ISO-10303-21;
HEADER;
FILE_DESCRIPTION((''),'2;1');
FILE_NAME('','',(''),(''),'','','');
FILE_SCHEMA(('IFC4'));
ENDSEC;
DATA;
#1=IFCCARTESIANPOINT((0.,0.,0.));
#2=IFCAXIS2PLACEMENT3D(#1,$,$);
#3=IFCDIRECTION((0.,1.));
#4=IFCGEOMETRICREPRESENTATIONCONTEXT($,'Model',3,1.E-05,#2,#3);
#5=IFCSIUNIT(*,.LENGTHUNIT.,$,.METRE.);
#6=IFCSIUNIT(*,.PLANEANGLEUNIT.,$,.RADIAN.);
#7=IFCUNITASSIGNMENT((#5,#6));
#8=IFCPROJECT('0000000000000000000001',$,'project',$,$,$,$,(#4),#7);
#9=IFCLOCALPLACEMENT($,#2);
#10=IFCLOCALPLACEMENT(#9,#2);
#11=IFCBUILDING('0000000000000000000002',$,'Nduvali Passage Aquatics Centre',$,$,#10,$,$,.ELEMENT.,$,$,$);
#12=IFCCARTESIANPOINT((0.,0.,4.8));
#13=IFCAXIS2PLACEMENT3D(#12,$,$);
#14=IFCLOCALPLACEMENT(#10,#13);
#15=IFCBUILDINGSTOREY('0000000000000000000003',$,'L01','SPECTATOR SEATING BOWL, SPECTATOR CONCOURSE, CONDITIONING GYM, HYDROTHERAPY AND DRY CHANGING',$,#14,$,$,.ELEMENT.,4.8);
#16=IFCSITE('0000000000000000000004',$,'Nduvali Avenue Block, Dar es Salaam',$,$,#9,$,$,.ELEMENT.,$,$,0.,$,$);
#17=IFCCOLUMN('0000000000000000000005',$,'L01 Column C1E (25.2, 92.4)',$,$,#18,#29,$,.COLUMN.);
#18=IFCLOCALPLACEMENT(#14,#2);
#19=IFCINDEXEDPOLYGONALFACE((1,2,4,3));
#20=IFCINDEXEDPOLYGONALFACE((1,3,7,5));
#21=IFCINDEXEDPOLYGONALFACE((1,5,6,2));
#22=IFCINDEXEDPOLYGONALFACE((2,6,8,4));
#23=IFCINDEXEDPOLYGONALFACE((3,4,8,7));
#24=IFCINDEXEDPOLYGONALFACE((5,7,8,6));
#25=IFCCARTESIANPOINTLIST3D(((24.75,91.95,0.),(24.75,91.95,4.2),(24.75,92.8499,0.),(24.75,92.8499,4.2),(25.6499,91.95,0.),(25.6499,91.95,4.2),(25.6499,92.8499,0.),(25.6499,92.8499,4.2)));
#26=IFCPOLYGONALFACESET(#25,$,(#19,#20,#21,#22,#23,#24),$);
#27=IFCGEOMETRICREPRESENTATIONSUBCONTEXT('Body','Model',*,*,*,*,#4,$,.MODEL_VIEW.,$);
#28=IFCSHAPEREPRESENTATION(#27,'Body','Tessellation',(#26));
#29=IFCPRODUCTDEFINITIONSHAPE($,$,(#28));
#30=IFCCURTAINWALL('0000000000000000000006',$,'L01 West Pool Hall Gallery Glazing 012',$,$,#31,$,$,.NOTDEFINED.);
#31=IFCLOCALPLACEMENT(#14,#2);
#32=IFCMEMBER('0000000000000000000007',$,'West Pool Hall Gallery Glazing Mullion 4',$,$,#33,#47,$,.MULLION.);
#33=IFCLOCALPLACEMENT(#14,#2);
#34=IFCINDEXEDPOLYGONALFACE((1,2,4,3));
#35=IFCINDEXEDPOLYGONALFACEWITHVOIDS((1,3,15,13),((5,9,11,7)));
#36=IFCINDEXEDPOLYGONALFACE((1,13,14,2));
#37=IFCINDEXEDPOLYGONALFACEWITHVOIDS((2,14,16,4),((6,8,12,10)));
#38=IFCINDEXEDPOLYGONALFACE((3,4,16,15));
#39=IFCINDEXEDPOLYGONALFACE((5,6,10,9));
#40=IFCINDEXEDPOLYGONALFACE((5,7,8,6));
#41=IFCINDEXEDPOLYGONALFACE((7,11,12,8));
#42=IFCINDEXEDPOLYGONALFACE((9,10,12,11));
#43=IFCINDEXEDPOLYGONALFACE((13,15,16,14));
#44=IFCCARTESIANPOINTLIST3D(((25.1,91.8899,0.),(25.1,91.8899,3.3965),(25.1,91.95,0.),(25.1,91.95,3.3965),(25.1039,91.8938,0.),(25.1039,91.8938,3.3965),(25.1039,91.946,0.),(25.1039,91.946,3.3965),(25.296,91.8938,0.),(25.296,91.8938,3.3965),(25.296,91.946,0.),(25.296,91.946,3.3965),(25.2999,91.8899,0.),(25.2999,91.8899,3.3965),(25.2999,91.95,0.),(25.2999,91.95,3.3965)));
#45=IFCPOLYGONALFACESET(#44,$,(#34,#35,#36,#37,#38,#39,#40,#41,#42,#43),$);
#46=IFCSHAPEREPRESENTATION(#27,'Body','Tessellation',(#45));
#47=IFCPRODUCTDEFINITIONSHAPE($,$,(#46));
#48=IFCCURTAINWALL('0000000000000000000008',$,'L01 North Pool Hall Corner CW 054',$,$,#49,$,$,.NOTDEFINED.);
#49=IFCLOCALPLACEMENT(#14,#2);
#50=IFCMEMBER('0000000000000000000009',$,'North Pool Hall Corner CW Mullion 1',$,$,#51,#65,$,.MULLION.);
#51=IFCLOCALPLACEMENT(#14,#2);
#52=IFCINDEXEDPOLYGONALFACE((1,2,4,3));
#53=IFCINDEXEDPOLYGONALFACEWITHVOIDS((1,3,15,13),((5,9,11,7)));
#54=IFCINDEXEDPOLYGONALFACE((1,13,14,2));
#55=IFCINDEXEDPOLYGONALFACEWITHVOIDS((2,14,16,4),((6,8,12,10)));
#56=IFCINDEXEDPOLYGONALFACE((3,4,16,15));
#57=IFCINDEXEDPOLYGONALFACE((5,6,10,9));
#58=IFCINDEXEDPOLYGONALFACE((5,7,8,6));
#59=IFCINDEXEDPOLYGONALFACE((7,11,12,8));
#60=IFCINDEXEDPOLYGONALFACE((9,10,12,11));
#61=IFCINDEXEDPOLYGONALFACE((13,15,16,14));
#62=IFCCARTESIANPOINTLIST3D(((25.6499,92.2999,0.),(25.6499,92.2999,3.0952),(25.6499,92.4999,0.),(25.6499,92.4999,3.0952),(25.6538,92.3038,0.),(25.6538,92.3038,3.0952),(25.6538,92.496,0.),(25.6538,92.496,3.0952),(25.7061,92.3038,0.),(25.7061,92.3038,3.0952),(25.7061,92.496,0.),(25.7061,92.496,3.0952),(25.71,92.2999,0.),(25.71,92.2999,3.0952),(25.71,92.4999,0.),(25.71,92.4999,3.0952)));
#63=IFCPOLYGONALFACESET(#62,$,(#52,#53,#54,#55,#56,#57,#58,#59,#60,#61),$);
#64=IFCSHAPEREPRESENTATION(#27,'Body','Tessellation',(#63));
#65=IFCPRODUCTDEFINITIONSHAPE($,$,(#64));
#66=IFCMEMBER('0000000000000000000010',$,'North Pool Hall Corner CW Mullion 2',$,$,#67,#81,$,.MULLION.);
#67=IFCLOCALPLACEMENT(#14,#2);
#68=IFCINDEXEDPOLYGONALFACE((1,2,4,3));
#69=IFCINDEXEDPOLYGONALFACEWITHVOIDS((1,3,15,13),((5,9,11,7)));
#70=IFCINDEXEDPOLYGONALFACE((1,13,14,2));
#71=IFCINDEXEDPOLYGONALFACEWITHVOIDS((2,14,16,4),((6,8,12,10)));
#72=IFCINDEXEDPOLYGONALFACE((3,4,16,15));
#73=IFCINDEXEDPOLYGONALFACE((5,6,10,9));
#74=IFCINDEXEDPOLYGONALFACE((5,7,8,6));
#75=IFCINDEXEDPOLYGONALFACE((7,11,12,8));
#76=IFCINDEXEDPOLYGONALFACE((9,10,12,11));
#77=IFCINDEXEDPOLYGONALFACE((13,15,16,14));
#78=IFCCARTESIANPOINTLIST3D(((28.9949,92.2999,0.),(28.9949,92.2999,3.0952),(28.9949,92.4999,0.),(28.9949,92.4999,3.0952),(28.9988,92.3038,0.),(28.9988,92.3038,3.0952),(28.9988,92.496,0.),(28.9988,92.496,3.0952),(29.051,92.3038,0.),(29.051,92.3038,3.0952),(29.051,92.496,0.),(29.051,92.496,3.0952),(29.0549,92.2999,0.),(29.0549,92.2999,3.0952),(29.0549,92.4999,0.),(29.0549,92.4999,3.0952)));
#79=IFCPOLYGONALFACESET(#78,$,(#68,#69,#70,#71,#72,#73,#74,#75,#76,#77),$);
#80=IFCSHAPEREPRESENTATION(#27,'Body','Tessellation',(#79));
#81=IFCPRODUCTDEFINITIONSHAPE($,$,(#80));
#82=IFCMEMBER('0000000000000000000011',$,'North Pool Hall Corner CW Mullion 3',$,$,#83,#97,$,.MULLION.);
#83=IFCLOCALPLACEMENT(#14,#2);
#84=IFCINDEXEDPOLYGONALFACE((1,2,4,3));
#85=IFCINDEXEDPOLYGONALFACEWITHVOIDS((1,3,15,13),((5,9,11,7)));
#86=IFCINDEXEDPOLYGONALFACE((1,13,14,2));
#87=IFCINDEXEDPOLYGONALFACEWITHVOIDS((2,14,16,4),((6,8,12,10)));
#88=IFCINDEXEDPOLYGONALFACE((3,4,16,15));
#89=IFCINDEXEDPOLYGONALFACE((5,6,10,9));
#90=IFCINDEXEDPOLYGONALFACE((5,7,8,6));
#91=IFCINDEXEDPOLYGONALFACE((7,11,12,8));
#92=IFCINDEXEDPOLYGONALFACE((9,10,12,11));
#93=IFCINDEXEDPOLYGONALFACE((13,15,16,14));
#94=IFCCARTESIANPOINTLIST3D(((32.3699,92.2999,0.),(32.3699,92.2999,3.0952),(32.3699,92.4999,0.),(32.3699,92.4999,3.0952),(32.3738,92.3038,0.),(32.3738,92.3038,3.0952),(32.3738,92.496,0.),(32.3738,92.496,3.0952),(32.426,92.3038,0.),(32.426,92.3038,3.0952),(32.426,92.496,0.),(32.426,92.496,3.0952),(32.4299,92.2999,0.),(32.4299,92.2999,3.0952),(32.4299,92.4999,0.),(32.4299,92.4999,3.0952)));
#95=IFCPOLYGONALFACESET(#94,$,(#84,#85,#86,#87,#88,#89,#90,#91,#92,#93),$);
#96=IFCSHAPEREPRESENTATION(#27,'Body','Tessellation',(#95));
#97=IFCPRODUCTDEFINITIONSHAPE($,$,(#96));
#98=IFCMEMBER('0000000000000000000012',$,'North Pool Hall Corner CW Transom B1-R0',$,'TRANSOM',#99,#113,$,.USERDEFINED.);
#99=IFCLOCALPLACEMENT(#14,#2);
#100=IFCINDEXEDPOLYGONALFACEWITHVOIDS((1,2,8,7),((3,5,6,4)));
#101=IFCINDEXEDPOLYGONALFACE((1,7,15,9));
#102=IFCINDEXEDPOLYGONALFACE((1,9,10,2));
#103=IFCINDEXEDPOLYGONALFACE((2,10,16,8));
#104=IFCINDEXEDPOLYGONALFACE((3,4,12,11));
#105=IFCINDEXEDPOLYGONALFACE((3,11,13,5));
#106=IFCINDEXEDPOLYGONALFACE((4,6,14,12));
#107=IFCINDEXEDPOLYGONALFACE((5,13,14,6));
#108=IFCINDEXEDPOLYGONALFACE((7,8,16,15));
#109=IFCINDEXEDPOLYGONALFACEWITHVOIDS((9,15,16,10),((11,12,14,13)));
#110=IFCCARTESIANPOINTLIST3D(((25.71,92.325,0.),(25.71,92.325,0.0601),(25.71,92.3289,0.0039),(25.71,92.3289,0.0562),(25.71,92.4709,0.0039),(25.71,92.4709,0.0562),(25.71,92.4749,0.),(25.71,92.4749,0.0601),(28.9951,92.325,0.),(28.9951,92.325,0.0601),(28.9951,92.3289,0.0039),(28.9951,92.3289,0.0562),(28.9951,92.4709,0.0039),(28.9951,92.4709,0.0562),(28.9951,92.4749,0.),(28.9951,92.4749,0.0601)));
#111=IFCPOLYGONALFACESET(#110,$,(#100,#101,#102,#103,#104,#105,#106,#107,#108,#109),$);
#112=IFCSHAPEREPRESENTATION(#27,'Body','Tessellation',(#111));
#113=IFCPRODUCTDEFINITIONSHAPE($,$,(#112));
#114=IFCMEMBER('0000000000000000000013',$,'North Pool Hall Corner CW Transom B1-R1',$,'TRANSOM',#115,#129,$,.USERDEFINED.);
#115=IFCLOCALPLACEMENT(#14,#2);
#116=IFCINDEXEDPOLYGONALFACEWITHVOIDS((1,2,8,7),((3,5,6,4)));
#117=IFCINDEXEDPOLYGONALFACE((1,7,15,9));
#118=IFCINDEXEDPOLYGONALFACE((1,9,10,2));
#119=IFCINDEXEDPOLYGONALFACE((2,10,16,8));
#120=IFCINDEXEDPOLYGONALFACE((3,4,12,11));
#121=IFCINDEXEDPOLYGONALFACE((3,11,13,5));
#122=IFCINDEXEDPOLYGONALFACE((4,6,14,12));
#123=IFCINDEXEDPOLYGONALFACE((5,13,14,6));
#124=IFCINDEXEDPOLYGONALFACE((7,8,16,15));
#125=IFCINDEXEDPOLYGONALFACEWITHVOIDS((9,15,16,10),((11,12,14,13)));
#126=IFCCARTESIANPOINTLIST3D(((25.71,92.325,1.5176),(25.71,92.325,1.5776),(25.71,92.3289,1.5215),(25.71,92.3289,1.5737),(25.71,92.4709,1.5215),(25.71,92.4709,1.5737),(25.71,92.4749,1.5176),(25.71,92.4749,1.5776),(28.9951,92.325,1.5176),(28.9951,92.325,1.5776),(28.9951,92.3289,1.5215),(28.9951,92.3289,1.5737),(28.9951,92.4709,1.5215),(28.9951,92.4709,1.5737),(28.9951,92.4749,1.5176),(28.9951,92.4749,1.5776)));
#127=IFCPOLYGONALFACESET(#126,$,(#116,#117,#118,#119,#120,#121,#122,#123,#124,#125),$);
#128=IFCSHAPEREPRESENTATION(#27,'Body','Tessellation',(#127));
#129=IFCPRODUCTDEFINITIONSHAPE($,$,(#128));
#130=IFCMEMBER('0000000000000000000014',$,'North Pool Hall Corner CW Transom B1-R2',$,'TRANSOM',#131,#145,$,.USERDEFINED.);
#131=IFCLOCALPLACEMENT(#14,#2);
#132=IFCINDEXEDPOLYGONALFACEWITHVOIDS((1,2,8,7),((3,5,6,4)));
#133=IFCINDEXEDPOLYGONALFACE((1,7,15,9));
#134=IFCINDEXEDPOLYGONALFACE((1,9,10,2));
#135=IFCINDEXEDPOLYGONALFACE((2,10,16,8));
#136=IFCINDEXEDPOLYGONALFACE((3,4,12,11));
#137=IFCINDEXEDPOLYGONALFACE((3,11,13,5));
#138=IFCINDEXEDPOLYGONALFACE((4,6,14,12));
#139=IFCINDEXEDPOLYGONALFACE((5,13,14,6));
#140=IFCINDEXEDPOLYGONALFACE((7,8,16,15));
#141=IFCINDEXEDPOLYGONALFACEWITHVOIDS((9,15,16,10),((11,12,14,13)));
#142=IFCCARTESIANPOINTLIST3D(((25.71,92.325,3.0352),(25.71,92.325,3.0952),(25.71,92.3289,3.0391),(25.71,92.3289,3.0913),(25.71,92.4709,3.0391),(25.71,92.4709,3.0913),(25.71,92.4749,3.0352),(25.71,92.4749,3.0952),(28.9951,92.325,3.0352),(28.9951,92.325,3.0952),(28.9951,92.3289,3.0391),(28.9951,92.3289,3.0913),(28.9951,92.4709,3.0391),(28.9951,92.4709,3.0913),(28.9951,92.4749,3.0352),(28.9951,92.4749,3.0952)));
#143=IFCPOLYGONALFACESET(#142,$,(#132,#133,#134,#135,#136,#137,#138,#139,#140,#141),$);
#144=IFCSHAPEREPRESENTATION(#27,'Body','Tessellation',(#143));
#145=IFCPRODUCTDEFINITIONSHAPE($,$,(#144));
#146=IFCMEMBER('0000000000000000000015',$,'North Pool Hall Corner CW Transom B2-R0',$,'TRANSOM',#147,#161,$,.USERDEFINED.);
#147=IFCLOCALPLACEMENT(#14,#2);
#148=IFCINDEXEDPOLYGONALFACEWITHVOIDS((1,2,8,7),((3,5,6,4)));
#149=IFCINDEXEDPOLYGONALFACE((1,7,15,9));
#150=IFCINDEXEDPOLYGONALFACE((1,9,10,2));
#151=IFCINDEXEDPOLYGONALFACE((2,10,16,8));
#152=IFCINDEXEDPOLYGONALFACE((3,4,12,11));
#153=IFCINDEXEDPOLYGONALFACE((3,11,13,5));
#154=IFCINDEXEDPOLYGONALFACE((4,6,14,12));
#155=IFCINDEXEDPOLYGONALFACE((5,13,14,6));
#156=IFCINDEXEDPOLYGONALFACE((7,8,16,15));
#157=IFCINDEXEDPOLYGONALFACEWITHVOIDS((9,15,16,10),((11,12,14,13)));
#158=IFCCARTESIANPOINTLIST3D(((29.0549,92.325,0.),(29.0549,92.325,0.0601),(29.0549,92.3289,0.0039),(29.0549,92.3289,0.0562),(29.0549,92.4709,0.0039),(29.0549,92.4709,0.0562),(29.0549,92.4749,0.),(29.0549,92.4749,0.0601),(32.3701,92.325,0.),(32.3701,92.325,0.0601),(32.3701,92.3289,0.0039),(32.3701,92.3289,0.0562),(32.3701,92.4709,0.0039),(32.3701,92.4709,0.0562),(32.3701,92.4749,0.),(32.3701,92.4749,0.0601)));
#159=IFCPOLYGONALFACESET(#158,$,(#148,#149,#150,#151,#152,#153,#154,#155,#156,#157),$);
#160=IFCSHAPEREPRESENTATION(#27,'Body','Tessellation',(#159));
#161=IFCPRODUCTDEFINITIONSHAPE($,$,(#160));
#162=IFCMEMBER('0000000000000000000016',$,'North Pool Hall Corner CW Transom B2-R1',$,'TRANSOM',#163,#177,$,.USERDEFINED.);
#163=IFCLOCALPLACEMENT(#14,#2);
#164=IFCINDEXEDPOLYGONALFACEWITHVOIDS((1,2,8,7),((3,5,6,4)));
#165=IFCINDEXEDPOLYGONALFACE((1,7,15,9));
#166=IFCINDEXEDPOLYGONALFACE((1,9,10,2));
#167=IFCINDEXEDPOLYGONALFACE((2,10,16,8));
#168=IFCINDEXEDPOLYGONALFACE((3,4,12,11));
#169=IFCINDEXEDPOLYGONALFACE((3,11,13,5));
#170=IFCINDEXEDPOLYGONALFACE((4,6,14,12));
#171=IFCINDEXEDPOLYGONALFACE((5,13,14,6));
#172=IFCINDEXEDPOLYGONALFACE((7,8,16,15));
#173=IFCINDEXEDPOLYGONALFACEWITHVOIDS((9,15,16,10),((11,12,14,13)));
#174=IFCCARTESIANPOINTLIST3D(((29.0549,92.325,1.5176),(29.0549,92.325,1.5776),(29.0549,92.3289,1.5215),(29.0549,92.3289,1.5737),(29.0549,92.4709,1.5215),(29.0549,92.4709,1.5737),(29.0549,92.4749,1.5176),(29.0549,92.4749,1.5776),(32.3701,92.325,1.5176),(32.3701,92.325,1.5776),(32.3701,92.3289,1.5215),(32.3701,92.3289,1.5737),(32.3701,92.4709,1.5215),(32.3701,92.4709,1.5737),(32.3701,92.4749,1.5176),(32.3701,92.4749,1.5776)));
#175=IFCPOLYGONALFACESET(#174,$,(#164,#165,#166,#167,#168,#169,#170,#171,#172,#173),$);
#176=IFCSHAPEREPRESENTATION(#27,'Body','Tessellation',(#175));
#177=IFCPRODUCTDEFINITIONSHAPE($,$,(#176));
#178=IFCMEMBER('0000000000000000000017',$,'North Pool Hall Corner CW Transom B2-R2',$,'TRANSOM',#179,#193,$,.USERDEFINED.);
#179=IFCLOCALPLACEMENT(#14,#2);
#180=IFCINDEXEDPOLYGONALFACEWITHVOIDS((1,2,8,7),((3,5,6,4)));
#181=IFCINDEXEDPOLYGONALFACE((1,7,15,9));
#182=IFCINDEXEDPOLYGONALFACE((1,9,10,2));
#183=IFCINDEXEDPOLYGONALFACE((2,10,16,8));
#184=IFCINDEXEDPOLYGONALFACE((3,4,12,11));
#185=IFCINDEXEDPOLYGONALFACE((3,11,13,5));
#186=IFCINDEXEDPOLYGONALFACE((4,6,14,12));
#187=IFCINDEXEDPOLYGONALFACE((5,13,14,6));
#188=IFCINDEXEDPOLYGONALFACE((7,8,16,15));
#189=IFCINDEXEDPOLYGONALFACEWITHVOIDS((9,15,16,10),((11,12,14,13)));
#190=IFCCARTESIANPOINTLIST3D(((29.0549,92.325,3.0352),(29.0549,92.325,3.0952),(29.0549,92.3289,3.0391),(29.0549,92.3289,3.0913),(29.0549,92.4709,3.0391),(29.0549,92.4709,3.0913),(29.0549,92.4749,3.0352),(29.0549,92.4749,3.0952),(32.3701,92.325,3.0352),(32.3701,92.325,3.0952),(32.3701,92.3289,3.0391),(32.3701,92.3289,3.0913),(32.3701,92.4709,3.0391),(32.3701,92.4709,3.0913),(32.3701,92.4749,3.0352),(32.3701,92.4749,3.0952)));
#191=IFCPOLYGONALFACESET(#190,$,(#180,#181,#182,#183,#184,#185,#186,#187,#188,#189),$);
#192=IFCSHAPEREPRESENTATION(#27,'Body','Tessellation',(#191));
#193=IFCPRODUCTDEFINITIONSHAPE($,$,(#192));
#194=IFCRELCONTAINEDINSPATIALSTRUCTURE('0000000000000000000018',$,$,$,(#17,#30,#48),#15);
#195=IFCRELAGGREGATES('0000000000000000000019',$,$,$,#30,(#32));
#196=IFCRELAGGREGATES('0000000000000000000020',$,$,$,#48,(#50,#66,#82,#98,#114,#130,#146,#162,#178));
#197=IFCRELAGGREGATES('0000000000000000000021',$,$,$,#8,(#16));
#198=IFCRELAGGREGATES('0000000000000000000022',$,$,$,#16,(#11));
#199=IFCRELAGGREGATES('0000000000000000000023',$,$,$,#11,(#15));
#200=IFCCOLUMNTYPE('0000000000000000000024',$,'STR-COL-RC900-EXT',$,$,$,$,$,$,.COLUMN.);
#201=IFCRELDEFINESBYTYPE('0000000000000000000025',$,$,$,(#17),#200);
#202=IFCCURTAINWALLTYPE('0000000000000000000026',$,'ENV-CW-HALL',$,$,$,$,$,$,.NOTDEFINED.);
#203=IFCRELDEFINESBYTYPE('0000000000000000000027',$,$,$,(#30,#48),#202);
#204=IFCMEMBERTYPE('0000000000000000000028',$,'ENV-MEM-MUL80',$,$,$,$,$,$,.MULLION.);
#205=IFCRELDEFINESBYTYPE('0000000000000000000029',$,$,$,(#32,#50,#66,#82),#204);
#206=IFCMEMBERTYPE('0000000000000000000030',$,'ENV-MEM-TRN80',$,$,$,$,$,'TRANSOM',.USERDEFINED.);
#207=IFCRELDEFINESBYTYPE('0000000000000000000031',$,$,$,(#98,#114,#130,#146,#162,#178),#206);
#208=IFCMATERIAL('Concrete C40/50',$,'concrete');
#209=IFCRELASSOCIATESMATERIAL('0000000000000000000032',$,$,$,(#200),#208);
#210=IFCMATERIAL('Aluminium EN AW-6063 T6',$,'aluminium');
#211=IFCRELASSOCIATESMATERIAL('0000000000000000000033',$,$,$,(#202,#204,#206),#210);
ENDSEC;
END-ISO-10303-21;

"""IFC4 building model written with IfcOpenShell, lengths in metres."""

from ifc_helpers import new_model, si_unit, direction, frame, origin, origin_2d, place, context, subcontext, project, spatial, rectangle, hollow_rectangle, extrude, material, material_profile, profile_set, type_object, element, aggregate, save


model = new_model("IFC4")

# Units and contexts
model_context = context("Model", 3, precision=1e-05, world=origin(), true_north=direction((0.0, 1.0)))
body_context = subcontext(model_context, "Body", "Model", "MODEL_VIEW")
ifc_project = project(units=[si_unit("LENGTHUNIT", "METRE"), si_unit("PLANEANGLEUNIT", "RADIAN")], contexts=[model_context])

# Site, building, storey
site_placement = place(None, origin())
site = spatial("IfcSite", under=ifc_project, at=site_placement, Name="Nduvali Avenue Block, Dar es Salaam", CompositionType="ELEMENT", RefElevation=0.0)
building_placement = place(site_placement, origin())
building = spatial("IfcBuilding", under=site, at=building_placement, Name="Nduvali Passage Aquatics Centre", CompositionType="ELEMENT")
storey_placement = place(building_placement, frame((0.0, 0.0, 4.8)))
storey = spatial("IfcBuildingStorey", under=building, at=storey_placement, Name="L01", Description="SPECTATOR SEATING BOWL, SPECTATOR CONCOURSE, CONDITIONING GYM, HYDROTHERAPY AND DRY CHANGING", CompositionType="ELEMENT", Elevation=4.8)

# Column
ifc_material_1 = material(Name="Concrete C40/50", Category="concrete")
ifc_material_profile_1 = material_profile(ifc_material_1, rectangle(XDim=0.8999, YDim=0.8999, at=origin_2d()), Name="RC 900x900")
ifc_profile_set_1 = profile_set([ifc_material_profile_1], Name="Concrete C40/50")
column_type = type_object("IfcColumnType", Name="STR-COL-RC900-EXT", PredefinedType="COLUMN", material=ifc_profile_set_1)
column_placement = place(storey_placement, frame((25.2, 92.3999, 0.0), z_axis=(0.0, 0.0, 1.0), x_axis=(1.0, 0.0, 0.0)))
element("IfcColumn", 1, at=column_placement, inside=storey, type_object=column_type, Name="L01 Column C1E (25.2, 92.4)", PredefinedType="COLUMN", context=body_context, shape_type="SweptSolid", body=[
    extrude(rectangle(XDim=0.8999, YDim=0.8999, at=origin_2d()), origin(), (0.0, 0.0, 1.0), 4.2),
])

# Curtain wall, member
ifc_material_2 = material(Name="Aluminium EN AW-6063 T6", Category="aluminium")
curtain_wall_type = type_object("IfcCurtainWallType", Name="ENV-CW-HALL", PredefinedType="NOTDEFINED", material=ifc_material_2)
curtain_wall_1_placement = place(storey_placement, origin())
curtain_wall_1 = element("IfcCurtainWall", 2, at=curtain_wall_1_placement, inside=storey, type_object=curtain_wall_type, Name="L01 West Pool Hall Gallery Glazing 012", PredefinedType="NOTDEFINED")
ifc_material_profile_2 = material_profile(ifc_material_2, hollow_rectangle(XDim=0.0601, YDim=0.2, WallThickness=0.0039, at=origin_2d()), Name="ALU MULLION 60x200x4")
ifc_profile_set_2 = profile_set([ifc_material_profile_2], Name="Aluminium EN AW-6063 T6")
member_type_1 = type_object("IfcMemberType", Name="ENV-MEM-MUL80", PredefinedType="MULLION", material=ifc_profile_set_2)
member_1_placement = place(storey_placement, frame((25.2, 91.9199, 0.0), z_axis=(0.0, 0.0, 1.0), x_axis=(0.0, 1.0, 0.0)))
member_1 = element("IfcMember", 3, at=member_1_placement, type_object=member_type_1, Name="West Pool Hall Gallery Glazing Mullion 4", PredefinedType="MULLION", context=body_context, shape_type="SweptSolid", body=[
    extrude(hollow_rectangle(XDim=0.0601, YDim=0.2, WallThickness=0.0039, at=origin_2d()), origin(), (0.0, 0.0, 1.0), 3.3965),
])

# Curtain wall, members
curtain_wall_2_placement = place(storey_placement, origin())
curtain_wall_2 = element("IfcCurtainWall", 4, at=curtain_wall_2_placement, inside=storey, type_object=curtain_wall_type, Name="L01 North Pool Hall Corner CW 054", PredefinedType="NOTDEFINED")
member_2_placement = place(storey_placement, frame((25.6799, 92.3999, 0.0), z_axis=(0.0, 0.0, 1.0), x_axis=(1.0, 0.0, 0.0)))
member_2 = element("IfcMember", 5, at=member_2_placement, type_object=member_type_1, Name="North Pool Hall Corner CW Mullion 1", PredefinedType="MULLION", context=body_context, shape_type="SweptSolid", body=[
    extrude(hollow_rectangle(XDim=0.0601, YDim=0.2, WallThickness=0.0039, at=origin_2d()), origin(), (0.0, 0.0, 1.0), 3.0952),
])
member_3_placement = place(storey_placement, frame((29.0249, 92.3999, 0.0), z_axis=(0.0, 0.0, 1.0), x_axis=(1.0, 0.0, 0.0)))
member_3 = element("IfcMember", 6, at=member_3_placement, type_object=member_type_1, Name="North Pool Hall Corner CW Mullion 2", PredefinedType="MULLION", context=body_context, shape_type="SweptSolid", body=[
    extrude(hollow_rectangle(XDim=0.0601, YDim=0.2, WallThickness=0.0039, at=origin_2d()), origin(), (0.0, 0.0, 1.0), 3.0952),
])
member_4_placement = place(storey_placement, frame((32.3999, 92.3999, 0.0), z_axis=(0.0, 0.0, 1.0), x_axis=(1.0, 0.0, 0.0)))
member_4 = element("IfcMember", 7, at=member_4_placement, type_object=member_type_1, Name="North Pool Hall Corner CW Mullion 3", PredefinedType="MULLION", context=body_context, shape_type="SweptSolid", body=[
    extrude(hollow_rectangle(XDim=0.0601, YDim=0.2, WallThickness=0.0039, at=origin_2d()), origin(), (0.0, 0.0, 1.0), 3.0952),
])
ifc_material_profile_3 = material_profile(ifc_material_2, hollow_rectangle(XDim=0.1499, YDim=0.0601, WallThickness=0.0039, at=origin_2d()), Name="ALU TRANSOM 150x60x4")
ifc_profile_set_3 = profile_set([ifc_material_profile_3], Name="Aluminium EN AW-6063 T6")
member_type_2 = type_object("IfcMemberType", Name="ENV-MEM-TRN80", ElementType="TRANSOM", PredefinedType="USERDEFINED", material=ifc_profile_set_3)
member_5_placement = place(storey_placement, frame((25.71, 92.3999, 0.03), z_axis=(1.0, 0.0, 0.0), x_axis=(0.0, 1.0, 0.0)))
member_5 = element("IfcMember", 8, at=member_5_placement, type_object=member_type_2, Name="North Pool Hall Corner CW Transom B1-R0", ObjectType="TRANSOM", PredefinedType="USERDEFINED", context=body_context, shape_type="SweptSolid", body=[
    extrude(hollow_rectangle(XDim=0.1499, YDim=0.0601, WallThickness=0.0039, at=origin_2d()), origin(), (0.0, 0.0, 1.0), 3.2852),
])
member_6_placement = place(storey_placement, frame((25.71, 92.3999, 1.5476), z_axis=(1.0, 0.0, 0.0), x_axis=(0.0, 1.0, 0.0)))
member_6 = element("IfcMember", 9, at=member_6_placement, type_object=member_type_2, Name="North Pool Hall Corner CW Transom B1-R1", ObjectType="TRANSOM", PredefinedType="USERDEFINED", context=body_context, shape_type="SweptSolid", body=[
    extrude(hollow_rectangle(XDim=0.1499, YDim=0.0601, WallThickness=0.0039, at=origin_2d()), origin(), (0.0, 0.0, 1.0), 3.2852),
])
member_7_placement = place(storey_placement, frame((25.71, 92.3999, 3.0652), z_axis=(1.0, 0.0, 0.0), x_axis=(0.0, 1.0, 0.0)))
member_7 = element("IfcMember", 10, at=member_7_placement, type_object=member_type_2, Name="North Pool Hall Corner CW Transom B1-R2", ObjectType="TRANSOM", PredefinedType="USERDEFINED", context=body_context, shape_type="SweptSolid", body=[
    extrude(hollow_rectangle(XDim=0.1499, YDim=0.0601, WallThickness=0.0039, at=origin_2d()), origin(), (0.0, 0.0, 1.0), 3.2852),
])
member_8_placement = place(storey_placement, frame((29.0549, 92.3999, 0.03), z_axis=(1.0, 0.0, 0.0), x_axis=(0.0, 1.0, 0.0)))
member_8 = element("IfcMember", 11, at=member_8_placement, type_object=member_type_2, Name="North Pool Hall Corner CW Transom B2-R0", ObjectType="TRANSOM", PredefinedType="USERDEFINED", context=body_context, shape_type="SweptSolid", body=[
    extrude(hollow_rectangle(XDim=0.1499, YDim=0.0601, WallThickness=0.0039, at=origin_2d()), origin(), (0.0, 0.0, 1.0), 3.3152),
])
member_9_placement = place(storey_placement, frame((29.0549, 92.3999, 1.5476), z_axis=(1.0, 0.0, 0.0), x_axis=(0.0, 1.0, 0.0)))
member_9 = element("IfcMember", 12, at=member_9_placement, type_object=member_type_2, Name="North Pool Hall Corner CW Transom B2-R1", ObjectType="TRANSOM", PredefinedType="USERDEFINED", context=body_context, shape_type="SweptSolid", body=[
    extrude(hollow_rectangle(XDim=0.1499, YDim=0.0601, WallThickness=0.0039, at=origin_2d()), origin(), (0.0, 0.0, 1.0), 3.3152),
])
member_10_placement = place(storey_placement, frame((29.0549, 92.3999, 3.0652), z_axis=(1.0, 0.0, 0.0), x_axis=(0.0, 1.0, 0.0)))
member_10 = element("IfcMember", 13, at=member_10_placement, type_object=member_type_2, Name="North Pool Hall Corner CW Transom B2-R2", ObjectType="TRANSOM", PredefinedType="USERDEFINED", context=body_context, shape_type="SweptSolid", body=[
    extrude(hollow_rectangle(XDim=0.1499, YDim=0.0601, WallThickness=0.0039, at=origin_2d()), origin(), (0.0, 0.0, 1.0), 3.3152),
])

aggregate(curtain_wall_1, [member_1])
aggregate(curtain_wall_2, [member_2, member_3, member_4, member_5, member_6, member_7, member_8, member_9, member_10])

save(model, "model.ifc")
